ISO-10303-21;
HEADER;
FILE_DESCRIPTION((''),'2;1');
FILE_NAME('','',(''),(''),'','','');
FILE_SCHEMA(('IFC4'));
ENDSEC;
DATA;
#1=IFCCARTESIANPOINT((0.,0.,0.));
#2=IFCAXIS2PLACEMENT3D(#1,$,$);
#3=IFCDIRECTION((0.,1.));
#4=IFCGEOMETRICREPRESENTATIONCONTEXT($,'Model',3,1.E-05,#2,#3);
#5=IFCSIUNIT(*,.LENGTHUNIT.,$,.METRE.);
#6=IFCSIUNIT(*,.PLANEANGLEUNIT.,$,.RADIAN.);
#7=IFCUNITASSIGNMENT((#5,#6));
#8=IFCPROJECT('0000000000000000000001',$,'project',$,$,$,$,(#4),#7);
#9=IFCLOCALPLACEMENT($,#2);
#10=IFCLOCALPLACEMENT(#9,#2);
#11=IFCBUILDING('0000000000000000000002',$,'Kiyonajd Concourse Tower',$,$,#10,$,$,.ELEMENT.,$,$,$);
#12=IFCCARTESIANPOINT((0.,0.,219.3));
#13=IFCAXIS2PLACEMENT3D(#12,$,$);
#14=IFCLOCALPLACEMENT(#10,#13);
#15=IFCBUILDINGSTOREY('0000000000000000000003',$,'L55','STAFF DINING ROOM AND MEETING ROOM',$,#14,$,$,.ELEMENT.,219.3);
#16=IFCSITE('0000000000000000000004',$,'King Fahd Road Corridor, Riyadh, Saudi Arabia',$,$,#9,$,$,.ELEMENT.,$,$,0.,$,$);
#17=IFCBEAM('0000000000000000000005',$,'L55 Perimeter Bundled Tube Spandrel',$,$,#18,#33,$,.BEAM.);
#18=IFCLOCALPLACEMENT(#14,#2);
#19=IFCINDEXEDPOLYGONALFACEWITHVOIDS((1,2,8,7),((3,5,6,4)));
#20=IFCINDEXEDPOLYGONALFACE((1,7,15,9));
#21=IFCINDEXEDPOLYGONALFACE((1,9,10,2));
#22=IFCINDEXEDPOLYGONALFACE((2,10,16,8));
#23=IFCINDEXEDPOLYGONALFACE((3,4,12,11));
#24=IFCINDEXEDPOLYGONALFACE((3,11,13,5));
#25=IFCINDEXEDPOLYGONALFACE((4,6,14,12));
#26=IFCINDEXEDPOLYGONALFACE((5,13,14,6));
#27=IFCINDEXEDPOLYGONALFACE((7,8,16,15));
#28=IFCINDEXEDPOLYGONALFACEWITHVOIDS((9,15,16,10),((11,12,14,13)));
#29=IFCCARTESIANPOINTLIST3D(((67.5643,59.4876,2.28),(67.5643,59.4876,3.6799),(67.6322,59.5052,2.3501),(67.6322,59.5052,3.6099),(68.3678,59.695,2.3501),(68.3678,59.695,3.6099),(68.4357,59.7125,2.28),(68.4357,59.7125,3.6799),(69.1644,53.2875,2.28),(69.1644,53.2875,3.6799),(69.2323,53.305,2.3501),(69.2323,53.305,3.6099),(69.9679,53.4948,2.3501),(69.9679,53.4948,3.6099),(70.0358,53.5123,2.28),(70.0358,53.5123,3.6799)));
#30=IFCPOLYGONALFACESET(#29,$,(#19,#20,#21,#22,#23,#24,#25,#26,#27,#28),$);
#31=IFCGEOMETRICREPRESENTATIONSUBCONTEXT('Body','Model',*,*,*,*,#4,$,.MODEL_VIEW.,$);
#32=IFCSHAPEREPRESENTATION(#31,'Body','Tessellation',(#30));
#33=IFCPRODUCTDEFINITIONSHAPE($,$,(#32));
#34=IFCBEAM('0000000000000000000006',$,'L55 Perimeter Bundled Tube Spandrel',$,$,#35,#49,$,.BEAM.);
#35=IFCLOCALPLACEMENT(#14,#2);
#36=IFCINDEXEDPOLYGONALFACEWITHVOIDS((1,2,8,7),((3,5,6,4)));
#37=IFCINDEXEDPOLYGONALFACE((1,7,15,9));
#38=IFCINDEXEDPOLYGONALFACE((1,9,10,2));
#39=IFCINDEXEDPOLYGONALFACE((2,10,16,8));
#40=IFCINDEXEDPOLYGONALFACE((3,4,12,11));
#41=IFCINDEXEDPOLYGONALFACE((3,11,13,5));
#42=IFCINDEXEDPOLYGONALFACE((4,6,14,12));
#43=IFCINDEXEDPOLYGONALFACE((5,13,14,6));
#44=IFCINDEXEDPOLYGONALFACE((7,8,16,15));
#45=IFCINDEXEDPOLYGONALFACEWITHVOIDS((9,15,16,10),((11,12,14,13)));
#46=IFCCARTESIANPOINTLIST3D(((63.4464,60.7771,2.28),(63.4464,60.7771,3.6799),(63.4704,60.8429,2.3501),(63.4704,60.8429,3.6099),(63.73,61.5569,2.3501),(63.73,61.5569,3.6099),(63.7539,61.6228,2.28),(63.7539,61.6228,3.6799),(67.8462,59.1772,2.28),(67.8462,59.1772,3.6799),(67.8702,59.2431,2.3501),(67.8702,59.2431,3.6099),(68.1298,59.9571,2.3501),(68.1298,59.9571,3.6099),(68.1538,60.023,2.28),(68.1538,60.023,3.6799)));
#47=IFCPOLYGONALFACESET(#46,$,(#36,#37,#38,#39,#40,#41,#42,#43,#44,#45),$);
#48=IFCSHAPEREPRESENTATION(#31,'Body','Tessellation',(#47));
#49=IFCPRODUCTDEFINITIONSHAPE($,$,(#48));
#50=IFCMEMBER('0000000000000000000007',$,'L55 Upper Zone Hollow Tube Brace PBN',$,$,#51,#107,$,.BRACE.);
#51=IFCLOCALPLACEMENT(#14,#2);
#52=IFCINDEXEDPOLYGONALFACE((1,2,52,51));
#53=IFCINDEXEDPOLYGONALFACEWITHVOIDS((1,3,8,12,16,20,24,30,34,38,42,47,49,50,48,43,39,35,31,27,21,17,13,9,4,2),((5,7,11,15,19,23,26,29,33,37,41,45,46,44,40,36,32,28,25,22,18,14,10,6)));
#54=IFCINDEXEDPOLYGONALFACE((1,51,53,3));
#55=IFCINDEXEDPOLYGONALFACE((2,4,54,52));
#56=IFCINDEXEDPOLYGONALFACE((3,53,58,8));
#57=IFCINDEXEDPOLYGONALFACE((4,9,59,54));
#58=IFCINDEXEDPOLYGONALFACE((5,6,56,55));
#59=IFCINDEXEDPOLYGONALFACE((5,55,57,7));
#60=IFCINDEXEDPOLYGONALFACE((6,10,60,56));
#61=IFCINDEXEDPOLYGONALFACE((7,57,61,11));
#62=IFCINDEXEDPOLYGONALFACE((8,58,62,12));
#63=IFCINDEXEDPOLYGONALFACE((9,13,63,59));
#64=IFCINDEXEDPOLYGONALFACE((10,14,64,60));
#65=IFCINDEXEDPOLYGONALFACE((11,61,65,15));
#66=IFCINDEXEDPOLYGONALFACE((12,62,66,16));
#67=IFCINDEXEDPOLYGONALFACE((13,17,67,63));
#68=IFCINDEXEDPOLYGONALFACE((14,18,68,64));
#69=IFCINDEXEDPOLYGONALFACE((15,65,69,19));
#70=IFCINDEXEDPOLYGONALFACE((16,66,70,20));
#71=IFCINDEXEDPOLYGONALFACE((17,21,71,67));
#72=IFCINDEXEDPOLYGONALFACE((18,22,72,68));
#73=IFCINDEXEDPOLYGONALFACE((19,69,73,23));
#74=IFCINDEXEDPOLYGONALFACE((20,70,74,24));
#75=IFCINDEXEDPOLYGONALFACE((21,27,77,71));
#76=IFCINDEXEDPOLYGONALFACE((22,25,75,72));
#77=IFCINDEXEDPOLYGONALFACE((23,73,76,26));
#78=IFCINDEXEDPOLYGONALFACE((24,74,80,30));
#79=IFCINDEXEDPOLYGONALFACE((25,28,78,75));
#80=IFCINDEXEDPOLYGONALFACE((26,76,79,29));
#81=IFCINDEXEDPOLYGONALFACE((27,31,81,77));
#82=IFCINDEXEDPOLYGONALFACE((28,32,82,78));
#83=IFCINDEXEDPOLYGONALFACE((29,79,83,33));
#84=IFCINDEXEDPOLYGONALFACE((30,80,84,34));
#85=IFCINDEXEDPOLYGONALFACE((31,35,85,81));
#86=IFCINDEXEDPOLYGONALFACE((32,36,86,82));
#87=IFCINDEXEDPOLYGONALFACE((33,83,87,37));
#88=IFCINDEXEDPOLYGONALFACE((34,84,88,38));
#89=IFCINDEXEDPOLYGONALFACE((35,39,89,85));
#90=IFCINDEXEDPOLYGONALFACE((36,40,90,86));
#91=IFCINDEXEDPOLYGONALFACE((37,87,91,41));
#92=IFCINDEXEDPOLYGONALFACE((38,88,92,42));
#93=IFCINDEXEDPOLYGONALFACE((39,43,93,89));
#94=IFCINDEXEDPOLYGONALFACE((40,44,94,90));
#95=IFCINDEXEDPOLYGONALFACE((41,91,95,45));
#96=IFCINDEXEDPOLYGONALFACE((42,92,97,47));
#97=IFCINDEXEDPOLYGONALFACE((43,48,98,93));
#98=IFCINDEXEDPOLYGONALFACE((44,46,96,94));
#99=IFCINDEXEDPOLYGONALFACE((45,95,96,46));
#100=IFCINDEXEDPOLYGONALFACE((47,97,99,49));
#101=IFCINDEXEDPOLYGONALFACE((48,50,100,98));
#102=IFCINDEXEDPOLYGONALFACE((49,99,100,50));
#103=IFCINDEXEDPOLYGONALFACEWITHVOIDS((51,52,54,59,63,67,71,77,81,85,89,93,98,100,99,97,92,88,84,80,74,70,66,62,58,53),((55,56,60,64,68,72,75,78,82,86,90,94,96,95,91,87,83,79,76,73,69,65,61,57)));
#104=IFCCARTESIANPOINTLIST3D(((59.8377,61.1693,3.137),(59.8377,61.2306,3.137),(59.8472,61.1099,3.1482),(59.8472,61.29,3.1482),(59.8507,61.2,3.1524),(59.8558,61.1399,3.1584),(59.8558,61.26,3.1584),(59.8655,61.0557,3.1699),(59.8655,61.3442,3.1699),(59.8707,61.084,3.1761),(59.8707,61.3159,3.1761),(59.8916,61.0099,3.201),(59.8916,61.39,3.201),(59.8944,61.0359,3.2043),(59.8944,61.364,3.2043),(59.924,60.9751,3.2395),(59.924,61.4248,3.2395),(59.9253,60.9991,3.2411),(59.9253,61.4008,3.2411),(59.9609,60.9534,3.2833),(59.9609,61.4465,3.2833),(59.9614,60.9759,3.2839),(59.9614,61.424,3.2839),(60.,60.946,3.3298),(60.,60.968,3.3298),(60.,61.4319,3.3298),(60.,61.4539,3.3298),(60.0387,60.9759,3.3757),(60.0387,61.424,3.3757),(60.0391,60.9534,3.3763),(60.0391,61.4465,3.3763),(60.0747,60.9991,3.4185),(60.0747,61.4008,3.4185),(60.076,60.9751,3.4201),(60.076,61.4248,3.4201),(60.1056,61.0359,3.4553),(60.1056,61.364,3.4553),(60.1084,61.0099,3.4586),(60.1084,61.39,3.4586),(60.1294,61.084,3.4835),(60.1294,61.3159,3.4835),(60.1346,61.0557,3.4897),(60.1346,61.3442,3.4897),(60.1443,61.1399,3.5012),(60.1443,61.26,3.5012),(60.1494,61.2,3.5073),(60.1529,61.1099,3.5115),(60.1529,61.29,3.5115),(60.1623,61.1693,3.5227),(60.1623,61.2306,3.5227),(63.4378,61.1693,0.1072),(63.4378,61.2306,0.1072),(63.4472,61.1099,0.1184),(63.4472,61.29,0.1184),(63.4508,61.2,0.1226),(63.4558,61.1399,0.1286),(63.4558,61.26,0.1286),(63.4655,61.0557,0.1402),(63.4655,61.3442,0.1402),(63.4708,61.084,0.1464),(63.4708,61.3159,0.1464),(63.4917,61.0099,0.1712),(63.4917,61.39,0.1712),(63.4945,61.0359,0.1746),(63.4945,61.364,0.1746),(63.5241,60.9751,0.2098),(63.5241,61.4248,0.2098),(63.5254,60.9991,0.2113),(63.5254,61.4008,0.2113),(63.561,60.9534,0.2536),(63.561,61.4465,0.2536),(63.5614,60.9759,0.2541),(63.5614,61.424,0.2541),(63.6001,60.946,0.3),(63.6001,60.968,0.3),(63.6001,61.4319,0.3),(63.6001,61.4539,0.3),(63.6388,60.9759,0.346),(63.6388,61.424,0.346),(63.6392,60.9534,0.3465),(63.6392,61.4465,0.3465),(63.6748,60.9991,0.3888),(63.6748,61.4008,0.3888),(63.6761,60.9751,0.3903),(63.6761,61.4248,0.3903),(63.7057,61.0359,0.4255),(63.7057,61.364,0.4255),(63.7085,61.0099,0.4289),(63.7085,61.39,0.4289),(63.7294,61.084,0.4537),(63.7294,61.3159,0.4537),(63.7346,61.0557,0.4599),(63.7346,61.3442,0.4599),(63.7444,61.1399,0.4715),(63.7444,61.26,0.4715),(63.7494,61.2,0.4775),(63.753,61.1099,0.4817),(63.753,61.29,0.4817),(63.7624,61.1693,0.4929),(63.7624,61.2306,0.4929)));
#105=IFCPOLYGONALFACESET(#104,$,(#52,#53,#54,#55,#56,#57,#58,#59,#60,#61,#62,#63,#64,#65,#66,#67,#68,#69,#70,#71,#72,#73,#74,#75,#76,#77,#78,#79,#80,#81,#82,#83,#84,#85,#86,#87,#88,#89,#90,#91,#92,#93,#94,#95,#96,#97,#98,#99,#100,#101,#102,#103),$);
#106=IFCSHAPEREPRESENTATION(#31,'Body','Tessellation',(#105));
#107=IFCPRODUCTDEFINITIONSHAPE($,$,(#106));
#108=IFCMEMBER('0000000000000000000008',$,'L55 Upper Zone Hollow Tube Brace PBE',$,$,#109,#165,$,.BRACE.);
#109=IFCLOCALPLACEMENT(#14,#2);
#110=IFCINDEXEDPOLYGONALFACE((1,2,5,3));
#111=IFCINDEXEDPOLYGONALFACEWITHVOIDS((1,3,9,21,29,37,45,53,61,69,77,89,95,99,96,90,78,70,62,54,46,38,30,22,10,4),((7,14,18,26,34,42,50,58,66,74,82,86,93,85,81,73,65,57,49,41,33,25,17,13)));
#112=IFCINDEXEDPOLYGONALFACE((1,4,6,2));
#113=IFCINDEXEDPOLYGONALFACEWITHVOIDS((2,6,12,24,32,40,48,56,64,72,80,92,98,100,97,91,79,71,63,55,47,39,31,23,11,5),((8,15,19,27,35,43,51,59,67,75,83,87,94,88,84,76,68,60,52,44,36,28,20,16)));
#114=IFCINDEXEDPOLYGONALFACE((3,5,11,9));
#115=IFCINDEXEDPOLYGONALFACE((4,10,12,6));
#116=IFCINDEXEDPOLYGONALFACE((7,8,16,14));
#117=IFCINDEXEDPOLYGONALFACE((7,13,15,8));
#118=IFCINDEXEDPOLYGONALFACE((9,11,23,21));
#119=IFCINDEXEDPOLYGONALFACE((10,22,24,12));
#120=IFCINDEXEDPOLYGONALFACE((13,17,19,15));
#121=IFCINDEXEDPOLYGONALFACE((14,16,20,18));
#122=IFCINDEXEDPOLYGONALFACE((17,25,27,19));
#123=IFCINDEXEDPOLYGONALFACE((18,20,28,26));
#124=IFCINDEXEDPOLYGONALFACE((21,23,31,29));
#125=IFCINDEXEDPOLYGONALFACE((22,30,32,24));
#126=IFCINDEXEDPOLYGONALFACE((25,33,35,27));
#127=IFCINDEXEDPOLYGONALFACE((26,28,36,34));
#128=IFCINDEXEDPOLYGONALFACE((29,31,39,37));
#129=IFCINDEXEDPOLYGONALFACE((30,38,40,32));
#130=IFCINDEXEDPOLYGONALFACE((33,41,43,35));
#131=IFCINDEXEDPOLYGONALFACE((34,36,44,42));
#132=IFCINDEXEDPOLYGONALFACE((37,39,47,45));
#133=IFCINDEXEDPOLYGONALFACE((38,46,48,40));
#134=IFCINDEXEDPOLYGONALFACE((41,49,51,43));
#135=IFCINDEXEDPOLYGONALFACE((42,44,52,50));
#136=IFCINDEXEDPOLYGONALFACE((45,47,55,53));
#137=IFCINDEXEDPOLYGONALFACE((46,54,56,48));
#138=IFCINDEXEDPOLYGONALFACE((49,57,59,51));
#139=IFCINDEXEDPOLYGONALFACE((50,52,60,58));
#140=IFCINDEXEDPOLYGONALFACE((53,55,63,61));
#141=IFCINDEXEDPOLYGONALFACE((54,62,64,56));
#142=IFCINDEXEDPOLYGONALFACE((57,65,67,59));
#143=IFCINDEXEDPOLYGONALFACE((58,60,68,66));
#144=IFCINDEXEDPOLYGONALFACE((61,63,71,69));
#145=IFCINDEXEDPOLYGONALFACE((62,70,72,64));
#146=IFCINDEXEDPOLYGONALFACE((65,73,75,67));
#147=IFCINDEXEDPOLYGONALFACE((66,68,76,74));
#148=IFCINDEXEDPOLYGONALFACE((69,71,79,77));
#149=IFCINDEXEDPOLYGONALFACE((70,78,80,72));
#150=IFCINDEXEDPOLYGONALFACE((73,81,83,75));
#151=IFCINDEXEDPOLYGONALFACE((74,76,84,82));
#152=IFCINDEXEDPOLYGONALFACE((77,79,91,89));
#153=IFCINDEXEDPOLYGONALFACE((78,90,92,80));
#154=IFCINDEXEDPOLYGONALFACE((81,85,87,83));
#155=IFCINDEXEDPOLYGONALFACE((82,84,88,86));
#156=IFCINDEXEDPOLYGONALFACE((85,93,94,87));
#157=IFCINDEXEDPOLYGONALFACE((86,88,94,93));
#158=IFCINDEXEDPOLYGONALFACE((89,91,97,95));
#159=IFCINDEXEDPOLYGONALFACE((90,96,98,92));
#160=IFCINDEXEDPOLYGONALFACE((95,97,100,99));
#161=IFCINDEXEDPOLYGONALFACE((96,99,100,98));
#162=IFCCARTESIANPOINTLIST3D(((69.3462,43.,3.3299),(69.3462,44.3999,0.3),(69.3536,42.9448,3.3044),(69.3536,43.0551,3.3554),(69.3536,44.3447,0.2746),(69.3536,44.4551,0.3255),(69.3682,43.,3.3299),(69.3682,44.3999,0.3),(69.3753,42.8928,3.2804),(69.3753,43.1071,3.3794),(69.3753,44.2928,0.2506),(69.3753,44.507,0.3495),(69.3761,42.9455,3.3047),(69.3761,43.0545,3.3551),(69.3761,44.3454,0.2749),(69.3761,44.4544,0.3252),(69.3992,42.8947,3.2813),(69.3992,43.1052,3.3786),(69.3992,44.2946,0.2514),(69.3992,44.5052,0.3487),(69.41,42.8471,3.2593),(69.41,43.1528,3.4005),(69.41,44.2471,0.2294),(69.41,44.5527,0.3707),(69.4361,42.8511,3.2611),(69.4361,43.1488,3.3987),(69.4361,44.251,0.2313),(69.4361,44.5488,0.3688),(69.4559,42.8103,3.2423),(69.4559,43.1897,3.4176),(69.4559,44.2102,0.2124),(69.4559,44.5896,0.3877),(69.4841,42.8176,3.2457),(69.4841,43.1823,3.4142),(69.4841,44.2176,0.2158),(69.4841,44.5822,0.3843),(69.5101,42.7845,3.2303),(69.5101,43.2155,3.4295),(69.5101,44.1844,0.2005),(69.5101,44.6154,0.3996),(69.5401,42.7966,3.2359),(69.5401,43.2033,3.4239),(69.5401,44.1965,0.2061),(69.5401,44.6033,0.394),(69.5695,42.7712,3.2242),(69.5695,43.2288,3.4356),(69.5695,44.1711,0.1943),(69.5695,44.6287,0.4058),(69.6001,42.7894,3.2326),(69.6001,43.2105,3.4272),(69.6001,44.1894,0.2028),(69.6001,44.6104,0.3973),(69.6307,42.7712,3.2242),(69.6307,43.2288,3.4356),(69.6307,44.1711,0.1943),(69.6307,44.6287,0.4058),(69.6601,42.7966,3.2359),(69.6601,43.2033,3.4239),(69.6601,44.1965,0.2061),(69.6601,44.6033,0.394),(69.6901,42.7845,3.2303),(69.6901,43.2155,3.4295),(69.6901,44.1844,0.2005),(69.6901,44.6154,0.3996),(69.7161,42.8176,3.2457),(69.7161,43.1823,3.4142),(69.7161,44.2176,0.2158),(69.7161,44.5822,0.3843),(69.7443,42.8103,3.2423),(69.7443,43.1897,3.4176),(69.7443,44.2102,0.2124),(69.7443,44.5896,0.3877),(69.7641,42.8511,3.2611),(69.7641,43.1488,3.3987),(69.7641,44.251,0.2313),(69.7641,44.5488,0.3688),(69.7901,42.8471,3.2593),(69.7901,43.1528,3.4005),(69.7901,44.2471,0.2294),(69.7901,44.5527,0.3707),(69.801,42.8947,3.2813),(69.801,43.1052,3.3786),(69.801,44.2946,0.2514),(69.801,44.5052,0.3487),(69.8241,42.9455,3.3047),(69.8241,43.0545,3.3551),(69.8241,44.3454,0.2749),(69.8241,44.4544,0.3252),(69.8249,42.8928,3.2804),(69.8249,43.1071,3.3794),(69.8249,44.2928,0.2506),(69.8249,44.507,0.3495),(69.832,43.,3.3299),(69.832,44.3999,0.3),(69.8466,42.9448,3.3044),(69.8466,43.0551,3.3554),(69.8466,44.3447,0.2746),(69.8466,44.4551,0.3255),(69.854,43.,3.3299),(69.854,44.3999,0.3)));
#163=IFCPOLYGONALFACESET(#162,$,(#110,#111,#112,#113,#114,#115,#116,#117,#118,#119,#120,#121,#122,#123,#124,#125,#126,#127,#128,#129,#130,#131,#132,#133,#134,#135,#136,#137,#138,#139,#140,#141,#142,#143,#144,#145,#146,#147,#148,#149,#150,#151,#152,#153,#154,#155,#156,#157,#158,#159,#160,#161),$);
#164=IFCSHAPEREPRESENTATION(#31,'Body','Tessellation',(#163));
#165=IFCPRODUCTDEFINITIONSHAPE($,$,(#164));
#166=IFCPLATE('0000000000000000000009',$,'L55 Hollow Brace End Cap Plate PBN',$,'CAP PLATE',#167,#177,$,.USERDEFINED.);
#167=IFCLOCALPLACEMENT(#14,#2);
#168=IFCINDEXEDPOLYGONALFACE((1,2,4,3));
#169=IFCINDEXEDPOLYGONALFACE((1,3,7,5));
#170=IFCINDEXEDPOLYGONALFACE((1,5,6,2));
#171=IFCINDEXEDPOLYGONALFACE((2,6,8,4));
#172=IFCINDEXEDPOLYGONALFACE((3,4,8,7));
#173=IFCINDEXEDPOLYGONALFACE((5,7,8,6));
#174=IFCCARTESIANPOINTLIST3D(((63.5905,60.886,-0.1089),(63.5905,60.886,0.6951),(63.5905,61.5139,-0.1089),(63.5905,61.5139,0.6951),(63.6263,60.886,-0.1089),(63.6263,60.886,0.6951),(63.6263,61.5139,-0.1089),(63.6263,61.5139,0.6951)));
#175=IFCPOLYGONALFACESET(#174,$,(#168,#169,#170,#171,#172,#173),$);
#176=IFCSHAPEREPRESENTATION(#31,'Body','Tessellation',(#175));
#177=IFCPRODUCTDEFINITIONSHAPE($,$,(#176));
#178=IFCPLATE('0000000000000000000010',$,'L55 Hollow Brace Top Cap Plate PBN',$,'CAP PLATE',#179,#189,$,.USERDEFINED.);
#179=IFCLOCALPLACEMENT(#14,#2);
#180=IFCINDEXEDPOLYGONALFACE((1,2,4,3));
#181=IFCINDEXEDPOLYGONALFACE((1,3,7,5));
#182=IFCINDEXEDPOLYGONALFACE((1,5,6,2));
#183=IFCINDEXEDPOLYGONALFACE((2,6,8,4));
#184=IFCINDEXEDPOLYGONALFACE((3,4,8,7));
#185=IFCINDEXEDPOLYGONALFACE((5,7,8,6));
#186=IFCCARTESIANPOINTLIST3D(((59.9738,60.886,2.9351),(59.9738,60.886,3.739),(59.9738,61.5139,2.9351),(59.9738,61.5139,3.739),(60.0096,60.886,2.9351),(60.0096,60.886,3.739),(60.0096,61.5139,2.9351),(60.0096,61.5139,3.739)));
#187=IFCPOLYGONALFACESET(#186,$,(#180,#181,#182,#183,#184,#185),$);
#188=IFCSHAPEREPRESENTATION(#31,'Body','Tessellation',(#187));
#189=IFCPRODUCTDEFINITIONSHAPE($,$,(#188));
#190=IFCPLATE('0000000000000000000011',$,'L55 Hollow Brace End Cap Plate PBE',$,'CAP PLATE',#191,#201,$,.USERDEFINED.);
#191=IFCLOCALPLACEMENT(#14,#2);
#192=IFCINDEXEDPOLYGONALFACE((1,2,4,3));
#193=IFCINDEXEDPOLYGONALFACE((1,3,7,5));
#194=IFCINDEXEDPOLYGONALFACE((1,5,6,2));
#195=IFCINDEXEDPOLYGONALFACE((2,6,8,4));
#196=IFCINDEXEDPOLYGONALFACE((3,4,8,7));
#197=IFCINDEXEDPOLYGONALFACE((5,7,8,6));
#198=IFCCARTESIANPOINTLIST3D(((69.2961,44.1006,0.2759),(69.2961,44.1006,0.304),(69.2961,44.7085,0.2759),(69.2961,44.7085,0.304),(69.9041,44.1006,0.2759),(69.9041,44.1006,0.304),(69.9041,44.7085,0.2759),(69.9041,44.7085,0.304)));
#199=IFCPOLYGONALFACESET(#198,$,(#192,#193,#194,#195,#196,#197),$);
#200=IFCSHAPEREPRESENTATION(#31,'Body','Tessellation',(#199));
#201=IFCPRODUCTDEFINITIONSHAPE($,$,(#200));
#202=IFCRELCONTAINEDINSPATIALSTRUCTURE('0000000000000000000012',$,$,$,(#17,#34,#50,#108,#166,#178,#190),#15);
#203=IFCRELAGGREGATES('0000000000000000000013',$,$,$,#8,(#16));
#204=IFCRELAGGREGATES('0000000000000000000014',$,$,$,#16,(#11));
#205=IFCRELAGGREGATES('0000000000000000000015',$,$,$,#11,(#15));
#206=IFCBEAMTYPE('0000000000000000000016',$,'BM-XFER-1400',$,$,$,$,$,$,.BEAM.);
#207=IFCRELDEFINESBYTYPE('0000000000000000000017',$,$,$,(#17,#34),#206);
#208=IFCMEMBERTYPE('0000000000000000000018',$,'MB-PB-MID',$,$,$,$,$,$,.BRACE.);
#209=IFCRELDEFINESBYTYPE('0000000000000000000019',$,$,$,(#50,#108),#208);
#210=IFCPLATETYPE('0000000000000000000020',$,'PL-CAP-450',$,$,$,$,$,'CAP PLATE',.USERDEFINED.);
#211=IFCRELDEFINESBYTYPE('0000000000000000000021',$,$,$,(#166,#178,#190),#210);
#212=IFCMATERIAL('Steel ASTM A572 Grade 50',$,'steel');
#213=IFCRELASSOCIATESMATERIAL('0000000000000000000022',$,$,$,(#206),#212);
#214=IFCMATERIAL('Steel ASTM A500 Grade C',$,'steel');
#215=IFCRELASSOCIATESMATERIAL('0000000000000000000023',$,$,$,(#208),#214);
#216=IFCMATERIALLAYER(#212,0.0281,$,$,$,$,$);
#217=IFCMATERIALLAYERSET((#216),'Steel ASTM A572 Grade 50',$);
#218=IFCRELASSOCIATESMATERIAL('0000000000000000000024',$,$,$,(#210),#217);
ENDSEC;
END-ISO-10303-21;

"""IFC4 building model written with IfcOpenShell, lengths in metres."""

from ifc_helpers import new_model, si_unit, direction, frame, origin, origin_2d, place, context, subcontext, project, spatial, rectangle, hollow_rectangle, hollow_circle, extrude, material, layer, layer_set, material_profile, profile_set, type_object, element, save


model = new_model("IFC4")

# Units and contexts
model_context = context("Model", 3, precision=1e-05, world=origin(), true_north=direction((0.0, 1.0)))
body_context = subcontext(model_context, "Body", "Model", "MODEL_VIEW")
ifc_project = project(units=[si_unit("LENGTHUNIT", "METRE"), si_unit("PLANEANGLEUNIT", "RADIAN")], contexts=[model_context])

# Site, building, storey
site_placement = place(None, origin())
site = spatial("IfcSite", under=ifc_project, at=site_placement, Name="King Fahd Road Corridor, Riyadh, Saudi Arabia", CompositionType="ELEMENT", RefElevation=0.0)
building_placement = place(site_placement, origin())
building = spatial("IfcBuilding", under=site, at=building_placement, Name="Kiyonajd Concourse Tower", CompositionType="ELEMENT")
storey_placement = place(building_placement, frame((0.0, 0.0, 219.3)))
storey = spatial("IfcBuildingStorey", under=building, at=storey_placement, Name="L55", Description="STAFF DINING ROOM AND MEETING ROOM", CompositionType="ELEMENT", Elevation=219.3)

# Beams
ifc_material_1 = material(Name="Steel ASTM A572 Grade 50", Category="steel")
ifc_material_profile_1 = material_profile(ifc_material_1, hollow_rectangle(XDim=0.8999, YDim=1.3999, WallThickness=0.0701, at=origin_2d()), Name="BOX-1400x900x70")
ifc_profile_set_1 = profile_set([ifc_material_profile_1], Name="Steel ASTM A572 Grade 50")
beam_type_1 = type_object("IfcBeamType", Name="BM-XFER-1400", PredefinedType="BEAM", material=ifc_profile_set_1)
beam_1_placement = place(storey_placement, frame((69.6001, 53.3999, 2.98), z_axis=(-0.249885, 0.968276, 0.0), x_axis=(-0.968276, -0.249885, 0.0)))
element("IfcBeam", 1, at=beam_1_placement, inside=storey, type_object=beam_type_1, Name="L55 Perimeter Bundled Tube Spandrel", PredefinedType="BEAM", context=body_context, shape_type="SweptSolid", body=[
    extrude(hollow_rectangle(XDim=0.8999, YDim=1.3999, WallThickness=0.0701, at=origin_2d()), origin(), (0.0, 0.0, 1.0), 6.4033),
])
beam_2_placement = place(storey_placement, frame((68.0, 59.6001, 2.98), z_axis=(-0.939801, 0.341722, 0.0), x_axis=(-0.341722, -0.939801, 0.0)))
element("IfcBeam", 2, at=beam_2_placement, inside=storey, type_object=beam_type_1, Name="L55 Perimeter Bundled Tube Spandrel", PredefinedType="BEAM", context=body_context, shape_type="SweptSolid", body=[
    extrude(hollow_rectangle(XDim=0.8999, YDim=1.3999, WallThickness=0.0701, at=origin_2d()), origin(), (0.0, 0.0, 1.0), 4.6816),
])

# Members
ifc_material_2 = material(Name="Steel ASTM A500 Grade C", Category="steel")
ifc_material_profile_2 = material_profile(ifc_material_2, hollow_circle(Radius=0.2539, WallThickness=0.022, at=origin_2d()), Name="CHS-508x22")
ifc_profile_set_2 = profile_set([ifc_material_profile_2], Name="Steel ASTM A500 Grade C")
member_type = type_object("IfcMemberType", Name="MB-PB-MID", PredefinedType="BRACE", material=ifc_profile_set_2)
member_1_placement = place(storey_placement, frame((63.6001, 61.2, 0.3), z_axis=(-0.765108, 0.0, 0.643902), x_axis=(0.0, -1.0, 0.0)))
element("IfcMember", 3, at=member_1_placement, inside=storey, type_object=member_type, Name="L55 Upper Zone Hollow Tube Brace PBN", PredefinedType="BRACE", context=body_context, shape_type="SweptSolid", body=[
    extrude(hollow_circle(Radius=0.2539, WallThickness=0.022, at=origin_2d()), origin(), (0.0, 0.0, 1.0), 4.7053),
])
member_2_placement = place(storey_placement, frame((69.6001, 44.3999, 0.3), z_axis=(0.0, -0.419439, 0.907784), x_axis=(1.0, 0.0, 0.0)))
element("IfcMember", 4, at=member_2_placement, inside=storey, type_object=member_type, Name="L55 Upper Zone Hollow Tube Brace PBE", PredefinedType="BRACE", context=body_context, shape_type="SweptSolid", body=[
    extrude(hollow_circle(Radius=0.2539, WallThickness=0.022, at=origin_2d()), origin(), (0.0, 0.0, 1.0), 3.3376),
])

# Plates
ifc_layer_1 = layer(ifc_material_1, 0.0281)
ifc_layer_set_1 = layer_set([ifc_layer_1], Name="Steel ASTM A572 Grade 50")
plate_type_1 = type_object("IfcPlateType", Name="PL-CAP-450", ElementType="CAP PLATE", PredefinedType="USERDEFINED", material=ifc_layer_set_1)
for number, where, z_axis, x_axis, name in (
    (5, (63.6084, 61.2, -0.1089), (0.0, 0.0, 1.0), (1.0, 0.0, 0.0), "L55 Hollow Brace End Cap Plate PBN"),
    (6, (59.9917, 61.2, 2.9351), (0.0, 0.0, 1.0), (-1.0, 0.0, 0.0), "L55 Hollow Brace Top Cap Plate PBN"),
):
    element("IfcPlate", number, at=place(storey_placement, frame(where, z_axis=z_axis, x_axis=x_axis)), inside=storey, type_object=plate_type_1, Name=name, ObjectType="CAP PLATE", PredefinedType="USERDEFINED", context=body_context, shape_type="SweptSolid", body=[
        extrude(rectangle(XDim=0.0359, YDim=0.6279, at=origin_2d()), origin(), (0.0, 0.0, 1.0), 0.804),
    ])
plate_placement = place(storey_placement, frame((69.6001, 44.4045, 0.2759), z_axis=(0.0, 0.0, 1.0), x_axis=(1.0, 0.0, 0.0)))
element("IfcPlate", 7, at=plate_placement, inside=storey, type_object=plate_type_1, Name="L55 Hollow Brace End Cap Plate PBE", ObjectType="CAP PLATE", PredefinedType="USERDEFINED", context=body_context, shape_type="SweptSolid", body=[
    extrude(rectangle(XDim=0.6079, YDim=0.6079, at=origin_2d()), origin(), (0.0, 0.0, 1.0), 0.0281),
])

save(model, "model.ifc")
